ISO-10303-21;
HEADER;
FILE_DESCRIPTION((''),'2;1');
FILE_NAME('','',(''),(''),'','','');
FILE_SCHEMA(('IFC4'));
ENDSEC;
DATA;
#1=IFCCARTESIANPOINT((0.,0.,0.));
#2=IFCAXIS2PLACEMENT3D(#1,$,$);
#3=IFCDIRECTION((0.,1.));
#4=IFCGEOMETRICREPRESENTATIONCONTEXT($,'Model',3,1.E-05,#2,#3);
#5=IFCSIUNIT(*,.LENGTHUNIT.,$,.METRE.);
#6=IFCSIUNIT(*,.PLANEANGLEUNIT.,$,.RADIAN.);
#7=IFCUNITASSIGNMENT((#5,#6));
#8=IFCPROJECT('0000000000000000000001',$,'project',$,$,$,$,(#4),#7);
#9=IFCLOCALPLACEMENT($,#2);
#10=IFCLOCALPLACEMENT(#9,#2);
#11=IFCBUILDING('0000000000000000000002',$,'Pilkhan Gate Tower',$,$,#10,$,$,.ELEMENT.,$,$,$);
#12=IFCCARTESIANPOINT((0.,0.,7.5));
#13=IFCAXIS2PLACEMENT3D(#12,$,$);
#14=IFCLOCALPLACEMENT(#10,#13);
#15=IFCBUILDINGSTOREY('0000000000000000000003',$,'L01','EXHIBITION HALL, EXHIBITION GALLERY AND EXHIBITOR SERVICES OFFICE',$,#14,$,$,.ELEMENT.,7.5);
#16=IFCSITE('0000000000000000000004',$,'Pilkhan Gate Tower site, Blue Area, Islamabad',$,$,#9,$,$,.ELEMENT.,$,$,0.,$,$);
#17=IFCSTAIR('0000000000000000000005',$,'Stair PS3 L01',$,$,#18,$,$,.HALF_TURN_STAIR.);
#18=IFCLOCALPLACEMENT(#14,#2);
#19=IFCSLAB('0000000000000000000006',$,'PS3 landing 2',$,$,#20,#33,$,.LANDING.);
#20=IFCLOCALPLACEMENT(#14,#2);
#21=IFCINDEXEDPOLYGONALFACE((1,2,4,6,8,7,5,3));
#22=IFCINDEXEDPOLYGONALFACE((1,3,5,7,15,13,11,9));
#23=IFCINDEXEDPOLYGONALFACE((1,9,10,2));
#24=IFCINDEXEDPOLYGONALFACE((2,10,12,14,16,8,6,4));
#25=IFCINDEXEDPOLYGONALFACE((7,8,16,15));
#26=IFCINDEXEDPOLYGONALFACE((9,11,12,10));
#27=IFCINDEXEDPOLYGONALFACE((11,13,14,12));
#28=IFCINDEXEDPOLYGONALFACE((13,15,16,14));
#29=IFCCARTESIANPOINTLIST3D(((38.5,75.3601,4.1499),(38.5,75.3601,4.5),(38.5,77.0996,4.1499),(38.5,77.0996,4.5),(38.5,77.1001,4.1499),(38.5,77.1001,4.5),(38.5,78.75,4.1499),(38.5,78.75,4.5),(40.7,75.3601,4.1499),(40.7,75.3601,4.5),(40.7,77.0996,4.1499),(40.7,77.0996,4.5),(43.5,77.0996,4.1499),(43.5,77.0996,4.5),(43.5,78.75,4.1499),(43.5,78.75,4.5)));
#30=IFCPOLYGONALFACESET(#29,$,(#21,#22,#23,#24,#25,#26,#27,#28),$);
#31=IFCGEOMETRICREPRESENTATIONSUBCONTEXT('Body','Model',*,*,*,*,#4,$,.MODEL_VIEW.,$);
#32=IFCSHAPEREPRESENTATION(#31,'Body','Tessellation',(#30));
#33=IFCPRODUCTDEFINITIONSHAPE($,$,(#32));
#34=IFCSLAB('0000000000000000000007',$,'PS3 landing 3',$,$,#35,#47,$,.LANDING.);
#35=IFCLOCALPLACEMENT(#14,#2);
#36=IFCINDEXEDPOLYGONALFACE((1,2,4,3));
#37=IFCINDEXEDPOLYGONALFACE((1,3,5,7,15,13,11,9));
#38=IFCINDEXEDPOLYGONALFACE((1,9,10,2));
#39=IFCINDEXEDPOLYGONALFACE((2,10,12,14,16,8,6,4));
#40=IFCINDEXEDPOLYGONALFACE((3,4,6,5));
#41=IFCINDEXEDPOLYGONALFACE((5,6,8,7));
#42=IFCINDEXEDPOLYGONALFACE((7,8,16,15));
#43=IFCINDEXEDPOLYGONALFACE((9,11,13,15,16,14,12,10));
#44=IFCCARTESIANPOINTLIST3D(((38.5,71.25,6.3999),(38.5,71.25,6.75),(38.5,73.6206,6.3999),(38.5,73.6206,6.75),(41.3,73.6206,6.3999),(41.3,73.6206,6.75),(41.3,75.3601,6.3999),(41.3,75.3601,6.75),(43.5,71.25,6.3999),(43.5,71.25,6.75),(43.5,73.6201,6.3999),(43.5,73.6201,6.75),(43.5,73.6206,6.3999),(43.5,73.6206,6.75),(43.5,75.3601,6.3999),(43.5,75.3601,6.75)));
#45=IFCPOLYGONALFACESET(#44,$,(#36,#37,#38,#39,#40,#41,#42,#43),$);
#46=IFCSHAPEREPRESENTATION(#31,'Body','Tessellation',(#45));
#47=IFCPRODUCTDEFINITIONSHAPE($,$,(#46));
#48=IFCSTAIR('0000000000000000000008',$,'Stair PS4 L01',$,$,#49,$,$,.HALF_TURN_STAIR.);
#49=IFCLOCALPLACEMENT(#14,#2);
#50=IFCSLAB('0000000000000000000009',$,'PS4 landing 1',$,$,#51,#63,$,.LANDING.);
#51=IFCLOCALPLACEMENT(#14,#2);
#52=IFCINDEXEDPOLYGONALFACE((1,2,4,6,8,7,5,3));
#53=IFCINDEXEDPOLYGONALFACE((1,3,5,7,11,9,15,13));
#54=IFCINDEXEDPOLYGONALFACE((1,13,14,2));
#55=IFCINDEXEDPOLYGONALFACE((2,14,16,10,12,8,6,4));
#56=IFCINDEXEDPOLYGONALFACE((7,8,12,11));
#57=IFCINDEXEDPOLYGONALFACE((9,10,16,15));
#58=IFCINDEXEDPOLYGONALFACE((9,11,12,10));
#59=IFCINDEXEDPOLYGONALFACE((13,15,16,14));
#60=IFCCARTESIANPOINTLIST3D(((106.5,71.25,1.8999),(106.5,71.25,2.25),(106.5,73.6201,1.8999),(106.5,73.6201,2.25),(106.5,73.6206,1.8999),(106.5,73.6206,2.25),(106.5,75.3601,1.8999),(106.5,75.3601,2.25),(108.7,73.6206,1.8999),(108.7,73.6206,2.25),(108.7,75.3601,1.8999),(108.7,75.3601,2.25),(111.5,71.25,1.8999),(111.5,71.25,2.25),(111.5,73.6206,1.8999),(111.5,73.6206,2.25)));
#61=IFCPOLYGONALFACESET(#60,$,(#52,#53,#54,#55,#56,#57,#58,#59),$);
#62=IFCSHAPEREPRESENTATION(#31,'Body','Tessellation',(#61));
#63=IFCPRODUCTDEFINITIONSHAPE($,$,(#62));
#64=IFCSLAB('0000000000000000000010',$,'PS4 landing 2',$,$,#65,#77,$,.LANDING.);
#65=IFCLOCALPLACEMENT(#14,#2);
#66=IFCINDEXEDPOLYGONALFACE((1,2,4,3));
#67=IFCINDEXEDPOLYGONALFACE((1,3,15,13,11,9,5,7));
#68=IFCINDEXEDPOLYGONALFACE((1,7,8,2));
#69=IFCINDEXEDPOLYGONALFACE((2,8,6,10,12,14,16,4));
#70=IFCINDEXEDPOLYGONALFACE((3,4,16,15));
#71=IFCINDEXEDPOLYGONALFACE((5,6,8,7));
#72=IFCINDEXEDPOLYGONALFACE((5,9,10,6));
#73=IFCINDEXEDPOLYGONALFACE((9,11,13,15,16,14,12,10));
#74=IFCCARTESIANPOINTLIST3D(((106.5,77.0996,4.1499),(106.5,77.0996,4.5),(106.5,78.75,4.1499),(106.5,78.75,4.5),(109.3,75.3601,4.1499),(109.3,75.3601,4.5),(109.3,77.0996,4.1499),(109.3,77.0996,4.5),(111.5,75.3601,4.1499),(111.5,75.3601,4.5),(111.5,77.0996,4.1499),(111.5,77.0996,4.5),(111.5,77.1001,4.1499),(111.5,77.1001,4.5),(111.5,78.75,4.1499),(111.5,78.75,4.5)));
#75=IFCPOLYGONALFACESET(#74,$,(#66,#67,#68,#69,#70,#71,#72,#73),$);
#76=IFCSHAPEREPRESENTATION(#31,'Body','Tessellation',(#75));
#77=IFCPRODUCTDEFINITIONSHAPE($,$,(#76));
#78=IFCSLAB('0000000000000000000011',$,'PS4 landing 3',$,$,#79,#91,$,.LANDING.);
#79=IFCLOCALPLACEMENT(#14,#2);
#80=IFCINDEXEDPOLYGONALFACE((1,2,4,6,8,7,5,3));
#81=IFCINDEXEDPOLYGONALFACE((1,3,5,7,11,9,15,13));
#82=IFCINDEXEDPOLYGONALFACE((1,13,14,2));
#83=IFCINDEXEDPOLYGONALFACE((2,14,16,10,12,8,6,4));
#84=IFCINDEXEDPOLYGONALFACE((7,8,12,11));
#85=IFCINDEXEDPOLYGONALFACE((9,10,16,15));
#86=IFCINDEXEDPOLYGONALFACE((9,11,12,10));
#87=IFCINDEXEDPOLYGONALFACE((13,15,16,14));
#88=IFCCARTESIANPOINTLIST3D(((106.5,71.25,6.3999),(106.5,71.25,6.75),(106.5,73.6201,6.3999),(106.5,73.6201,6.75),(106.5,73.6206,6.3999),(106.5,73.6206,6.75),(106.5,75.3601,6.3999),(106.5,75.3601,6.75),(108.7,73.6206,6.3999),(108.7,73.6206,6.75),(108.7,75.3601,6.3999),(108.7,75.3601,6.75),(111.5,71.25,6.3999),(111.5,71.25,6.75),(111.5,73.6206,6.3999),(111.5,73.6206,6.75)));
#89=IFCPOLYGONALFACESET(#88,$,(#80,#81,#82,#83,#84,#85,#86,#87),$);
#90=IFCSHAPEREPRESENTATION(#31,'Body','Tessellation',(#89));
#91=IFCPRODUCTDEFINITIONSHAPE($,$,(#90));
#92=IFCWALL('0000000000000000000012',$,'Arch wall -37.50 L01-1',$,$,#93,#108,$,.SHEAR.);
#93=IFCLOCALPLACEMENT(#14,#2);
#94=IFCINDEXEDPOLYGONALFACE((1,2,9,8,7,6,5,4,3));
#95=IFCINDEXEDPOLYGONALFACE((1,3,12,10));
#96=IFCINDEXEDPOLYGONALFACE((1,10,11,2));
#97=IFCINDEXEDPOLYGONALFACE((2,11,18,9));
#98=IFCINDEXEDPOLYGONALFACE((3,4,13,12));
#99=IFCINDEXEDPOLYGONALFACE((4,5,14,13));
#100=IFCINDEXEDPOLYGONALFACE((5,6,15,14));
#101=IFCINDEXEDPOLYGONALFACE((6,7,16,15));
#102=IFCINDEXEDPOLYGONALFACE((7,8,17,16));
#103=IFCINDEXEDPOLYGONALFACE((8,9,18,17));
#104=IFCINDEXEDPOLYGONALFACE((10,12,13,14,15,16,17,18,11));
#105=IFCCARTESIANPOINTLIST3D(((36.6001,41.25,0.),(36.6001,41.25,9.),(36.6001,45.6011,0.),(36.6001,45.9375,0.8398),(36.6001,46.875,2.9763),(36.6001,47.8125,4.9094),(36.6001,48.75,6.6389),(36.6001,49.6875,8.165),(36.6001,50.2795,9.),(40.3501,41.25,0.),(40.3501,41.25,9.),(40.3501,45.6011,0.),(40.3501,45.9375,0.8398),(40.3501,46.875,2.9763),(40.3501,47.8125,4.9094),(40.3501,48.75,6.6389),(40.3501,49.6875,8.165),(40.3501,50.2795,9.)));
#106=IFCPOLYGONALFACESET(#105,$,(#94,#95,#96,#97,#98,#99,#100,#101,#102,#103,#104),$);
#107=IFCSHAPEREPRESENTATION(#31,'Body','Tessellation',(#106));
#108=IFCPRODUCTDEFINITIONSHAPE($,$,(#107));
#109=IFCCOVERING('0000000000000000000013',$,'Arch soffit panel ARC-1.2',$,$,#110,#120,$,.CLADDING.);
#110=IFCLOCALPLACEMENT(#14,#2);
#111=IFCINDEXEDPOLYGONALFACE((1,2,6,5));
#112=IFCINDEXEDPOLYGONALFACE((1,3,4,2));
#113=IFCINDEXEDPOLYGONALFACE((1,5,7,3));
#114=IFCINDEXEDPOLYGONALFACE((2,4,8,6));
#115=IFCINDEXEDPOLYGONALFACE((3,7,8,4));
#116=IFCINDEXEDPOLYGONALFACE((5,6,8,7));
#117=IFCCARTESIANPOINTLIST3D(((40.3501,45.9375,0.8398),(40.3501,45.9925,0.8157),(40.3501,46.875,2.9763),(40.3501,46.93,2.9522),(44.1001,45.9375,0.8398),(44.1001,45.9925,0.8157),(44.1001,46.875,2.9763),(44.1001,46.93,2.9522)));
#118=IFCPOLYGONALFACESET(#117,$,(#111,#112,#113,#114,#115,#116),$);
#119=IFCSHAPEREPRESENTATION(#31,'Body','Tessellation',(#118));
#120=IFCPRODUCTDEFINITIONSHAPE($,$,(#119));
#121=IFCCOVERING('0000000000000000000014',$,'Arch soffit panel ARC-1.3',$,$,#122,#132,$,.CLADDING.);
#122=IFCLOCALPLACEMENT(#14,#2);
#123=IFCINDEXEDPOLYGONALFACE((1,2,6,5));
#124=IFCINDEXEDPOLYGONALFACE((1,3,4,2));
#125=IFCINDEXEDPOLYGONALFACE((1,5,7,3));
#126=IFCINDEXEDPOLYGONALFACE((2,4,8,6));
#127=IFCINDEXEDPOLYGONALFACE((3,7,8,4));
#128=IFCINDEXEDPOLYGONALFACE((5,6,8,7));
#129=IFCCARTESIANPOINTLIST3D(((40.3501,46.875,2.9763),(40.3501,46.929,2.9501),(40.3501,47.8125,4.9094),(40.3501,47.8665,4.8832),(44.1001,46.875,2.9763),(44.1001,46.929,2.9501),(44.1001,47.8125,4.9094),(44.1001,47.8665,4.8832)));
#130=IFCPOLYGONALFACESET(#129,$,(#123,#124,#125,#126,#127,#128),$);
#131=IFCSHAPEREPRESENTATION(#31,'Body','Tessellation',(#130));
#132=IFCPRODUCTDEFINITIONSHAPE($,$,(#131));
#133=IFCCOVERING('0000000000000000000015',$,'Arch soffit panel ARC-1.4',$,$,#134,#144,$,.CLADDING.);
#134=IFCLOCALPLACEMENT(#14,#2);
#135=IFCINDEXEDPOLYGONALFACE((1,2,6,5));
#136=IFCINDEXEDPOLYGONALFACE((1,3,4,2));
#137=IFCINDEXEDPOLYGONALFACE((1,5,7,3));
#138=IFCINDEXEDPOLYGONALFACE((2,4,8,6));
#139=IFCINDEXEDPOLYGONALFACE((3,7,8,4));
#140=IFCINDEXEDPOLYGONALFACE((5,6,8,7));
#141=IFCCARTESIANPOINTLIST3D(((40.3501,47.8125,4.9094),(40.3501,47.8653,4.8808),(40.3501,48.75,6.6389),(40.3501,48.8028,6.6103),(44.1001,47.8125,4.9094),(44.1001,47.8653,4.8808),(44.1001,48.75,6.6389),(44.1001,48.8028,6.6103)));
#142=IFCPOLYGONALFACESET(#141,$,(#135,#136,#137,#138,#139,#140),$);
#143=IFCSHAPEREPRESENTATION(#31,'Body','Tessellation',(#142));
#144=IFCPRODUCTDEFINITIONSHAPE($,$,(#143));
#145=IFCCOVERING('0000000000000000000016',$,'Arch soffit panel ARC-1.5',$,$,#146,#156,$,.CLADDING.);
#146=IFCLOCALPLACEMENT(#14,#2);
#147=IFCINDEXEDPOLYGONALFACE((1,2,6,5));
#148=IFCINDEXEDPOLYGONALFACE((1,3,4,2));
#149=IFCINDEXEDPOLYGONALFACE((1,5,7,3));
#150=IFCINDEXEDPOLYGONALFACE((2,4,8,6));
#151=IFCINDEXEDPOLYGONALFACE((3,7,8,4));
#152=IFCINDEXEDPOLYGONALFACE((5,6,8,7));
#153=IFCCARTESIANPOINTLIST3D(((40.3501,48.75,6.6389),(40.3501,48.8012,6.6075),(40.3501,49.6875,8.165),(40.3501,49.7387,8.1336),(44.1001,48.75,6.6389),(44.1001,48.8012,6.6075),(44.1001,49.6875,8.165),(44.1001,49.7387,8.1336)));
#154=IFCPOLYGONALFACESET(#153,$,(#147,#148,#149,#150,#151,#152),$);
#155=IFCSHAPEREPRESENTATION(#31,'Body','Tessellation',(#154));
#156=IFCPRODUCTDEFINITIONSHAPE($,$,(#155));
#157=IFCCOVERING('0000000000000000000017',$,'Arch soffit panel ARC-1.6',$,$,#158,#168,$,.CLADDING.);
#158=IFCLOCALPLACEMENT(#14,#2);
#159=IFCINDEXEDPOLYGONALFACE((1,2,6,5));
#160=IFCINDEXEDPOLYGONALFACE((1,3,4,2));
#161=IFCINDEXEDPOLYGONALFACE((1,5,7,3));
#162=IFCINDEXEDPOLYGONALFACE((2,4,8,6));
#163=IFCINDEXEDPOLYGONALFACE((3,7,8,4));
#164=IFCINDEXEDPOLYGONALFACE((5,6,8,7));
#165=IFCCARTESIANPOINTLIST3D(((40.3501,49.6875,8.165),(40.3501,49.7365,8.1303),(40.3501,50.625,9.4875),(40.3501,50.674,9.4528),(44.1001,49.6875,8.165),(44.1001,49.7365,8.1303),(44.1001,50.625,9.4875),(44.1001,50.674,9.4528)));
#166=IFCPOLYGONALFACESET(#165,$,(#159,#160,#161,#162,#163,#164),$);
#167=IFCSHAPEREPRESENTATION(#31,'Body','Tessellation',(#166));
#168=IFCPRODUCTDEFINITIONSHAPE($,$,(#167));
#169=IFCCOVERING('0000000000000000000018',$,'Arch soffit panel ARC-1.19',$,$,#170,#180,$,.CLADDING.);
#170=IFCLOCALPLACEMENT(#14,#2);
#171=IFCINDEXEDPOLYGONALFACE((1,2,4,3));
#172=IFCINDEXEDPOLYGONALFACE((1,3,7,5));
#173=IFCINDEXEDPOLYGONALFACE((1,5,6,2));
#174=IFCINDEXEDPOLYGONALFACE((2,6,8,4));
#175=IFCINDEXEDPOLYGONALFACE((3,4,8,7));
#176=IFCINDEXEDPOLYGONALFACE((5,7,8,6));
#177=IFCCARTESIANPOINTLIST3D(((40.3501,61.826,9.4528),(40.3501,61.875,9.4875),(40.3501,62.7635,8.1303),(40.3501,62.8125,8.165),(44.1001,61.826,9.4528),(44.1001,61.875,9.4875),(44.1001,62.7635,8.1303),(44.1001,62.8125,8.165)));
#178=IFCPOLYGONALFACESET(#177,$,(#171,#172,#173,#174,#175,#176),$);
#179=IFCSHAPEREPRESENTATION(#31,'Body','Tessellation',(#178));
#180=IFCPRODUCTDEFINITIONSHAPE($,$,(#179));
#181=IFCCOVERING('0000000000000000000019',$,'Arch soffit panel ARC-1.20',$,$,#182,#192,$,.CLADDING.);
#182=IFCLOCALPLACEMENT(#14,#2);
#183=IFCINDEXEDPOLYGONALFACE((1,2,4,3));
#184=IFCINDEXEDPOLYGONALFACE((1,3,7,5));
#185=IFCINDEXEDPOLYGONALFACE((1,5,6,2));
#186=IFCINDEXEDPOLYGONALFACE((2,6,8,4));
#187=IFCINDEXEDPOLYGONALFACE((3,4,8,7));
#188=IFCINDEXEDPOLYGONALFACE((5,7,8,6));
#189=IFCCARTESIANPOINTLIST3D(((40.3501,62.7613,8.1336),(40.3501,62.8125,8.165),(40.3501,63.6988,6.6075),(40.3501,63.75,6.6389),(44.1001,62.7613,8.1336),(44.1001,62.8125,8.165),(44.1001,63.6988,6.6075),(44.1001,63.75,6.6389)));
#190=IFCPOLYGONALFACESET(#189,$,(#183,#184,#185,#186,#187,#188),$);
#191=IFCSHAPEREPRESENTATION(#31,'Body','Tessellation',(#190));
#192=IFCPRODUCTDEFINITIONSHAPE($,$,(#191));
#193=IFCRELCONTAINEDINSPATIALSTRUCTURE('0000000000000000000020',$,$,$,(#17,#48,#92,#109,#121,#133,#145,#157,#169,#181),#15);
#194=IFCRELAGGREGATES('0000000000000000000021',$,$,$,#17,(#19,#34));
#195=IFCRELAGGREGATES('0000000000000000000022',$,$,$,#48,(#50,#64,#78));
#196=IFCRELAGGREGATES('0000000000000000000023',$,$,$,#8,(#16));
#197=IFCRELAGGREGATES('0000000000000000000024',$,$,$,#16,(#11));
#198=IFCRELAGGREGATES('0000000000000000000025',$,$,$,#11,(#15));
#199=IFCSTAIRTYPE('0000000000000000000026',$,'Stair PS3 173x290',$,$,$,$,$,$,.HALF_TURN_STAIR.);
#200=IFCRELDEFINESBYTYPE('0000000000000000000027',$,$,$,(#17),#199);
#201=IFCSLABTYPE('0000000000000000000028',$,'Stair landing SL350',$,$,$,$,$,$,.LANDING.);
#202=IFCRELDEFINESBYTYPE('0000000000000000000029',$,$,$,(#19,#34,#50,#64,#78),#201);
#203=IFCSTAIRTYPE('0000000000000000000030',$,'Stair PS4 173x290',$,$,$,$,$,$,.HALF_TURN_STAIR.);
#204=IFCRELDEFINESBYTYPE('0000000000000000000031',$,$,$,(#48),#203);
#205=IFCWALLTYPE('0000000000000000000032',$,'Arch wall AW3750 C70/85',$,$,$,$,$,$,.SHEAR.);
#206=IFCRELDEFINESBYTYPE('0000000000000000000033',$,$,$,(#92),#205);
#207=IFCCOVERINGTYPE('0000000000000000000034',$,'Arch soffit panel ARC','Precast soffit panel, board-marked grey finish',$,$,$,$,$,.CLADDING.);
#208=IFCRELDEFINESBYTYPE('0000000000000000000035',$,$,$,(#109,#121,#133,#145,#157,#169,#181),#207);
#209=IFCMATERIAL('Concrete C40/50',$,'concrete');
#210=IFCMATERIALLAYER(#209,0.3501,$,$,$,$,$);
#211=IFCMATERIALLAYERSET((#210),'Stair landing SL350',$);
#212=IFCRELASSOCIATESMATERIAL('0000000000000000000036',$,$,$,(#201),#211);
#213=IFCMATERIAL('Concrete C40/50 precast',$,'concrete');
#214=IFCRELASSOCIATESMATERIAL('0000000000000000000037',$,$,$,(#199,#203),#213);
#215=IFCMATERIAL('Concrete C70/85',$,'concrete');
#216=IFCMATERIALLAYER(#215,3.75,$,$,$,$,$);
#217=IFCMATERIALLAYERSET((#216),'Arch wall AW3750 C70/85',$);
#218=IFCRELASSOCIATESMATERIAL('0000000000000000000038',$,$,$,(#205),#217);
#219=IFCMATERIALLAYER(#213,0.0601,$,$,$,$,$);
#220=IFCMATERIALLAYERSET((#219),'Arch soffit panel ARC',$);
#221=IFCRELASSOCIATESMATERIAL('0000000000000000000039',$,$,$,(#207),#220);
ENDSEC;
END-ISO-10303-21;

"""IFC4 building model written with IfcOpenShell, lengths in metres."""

from ifc_helpers import new_model, si_unit, direction, frame, origin, place, context, subcontext, project, spatial, polyline, outline, extrude, material, layer, layer_set, type_object, element, aggregate, save


model = new_model("IFC4")

# Units and contexts
model_context = context("Model", 3, precision=1e-05, world=origin(), true_north=direction((0.0, 1.0)))
body_context = subcontext(model_context, "Body", "Model", "MODEL_VIEW")
ifc_project = project(units=[si_unit("LENGTHUNIT", "METRE"), si_unit("PLANEANGLEUNIT", "RADIAN")], contexts=[model_context])

# Site, building, storey
site_placement = place(None, origin())
site = spatial("IfcSite", under=ifc_project, at=site_placement, Name="Pilkhan Gate Tower site, Blue Area, Islamabad", CompositionType="ELEMENT", RefElevation=0.0)
building_placement = place(site_placement, origin())
building = spatial("IfcBuilding", under=site, at=building_placement, Name="Pilkhan Gate Tower", CompositionType="ELEMENT")
storey_placement = place(building_placement, frame((0.0, 0.0, 7.5)))
storey = spatial("IfcBuildingStorey", under=building, at=storey_placement, Name="L01", Description="EXHIBITION HALL, EXHIBITION GALLERY AND EXHIBITOR SERVICES OFFICE", CompositionType="ELEMENT", Elevation=7.5)

# Shared definitions
ifc_material_1 = material(Name="Concrete C40/50", Category="concrete")

# Stairs, slabs
ifc_material_2 = material(Name="Concrete C40/50 precast", Category="concrete")
ifc_layer_1 = layer(ifc_material_1, 0.3501)
ifc_layer_set_1 = layer_set([ifc_layer_1], Name="Stair landing SL350")
slab_type_1 = type_object("IfcSlabType", Name="Stair landing SL350", PredefinedType="LANDING", material=ifc_layer_set_1)
stair_type_1 = type_object("IfcStairType", Name="Stair PS3 173x290", PredefinedType="HALF_TURN_STAIR", material=ifc_material_2)
stair_1_placement = place(storey_placement, origin())
stair_1 = element("IfcStair", 1, at=stair_1_placement, inside=storey, type_object=stair_type_1, Name="Stair PS3 L01", PredefinedType="HALF_TURN_STAIR")
slab_1_placement = place(storey_placement, frame((0.0, 0.0, 4.1499)))
slab_1 = element("IfcSlab", 2, at=slab_1_placement, type_object=slab_type_1, Name="PS3 landing 2", PredefinedType="LANDING", context=body_context, shape_type="SweptSolid", body=[
    extrude(outline(polyline([(43.5, 77.0996), (43.5, 78.75), (38.5, 78.75), (38.5, 77.1001), (38.5, 77.0996), (38.5, 75.3601), (40.7, 75.3601), (40.7, 77.0996), (43.5, 77.0996)])), origin(), (0.0, 0.0, 1.0), 0.3501),
])
slab_2_placement = place(storey_placement, frame((0.0, 0.0, 6.3999)))
slab_2 = element("IfcSlab", 3, at=slab_2_placement, type_object=slab_type_1, Name="PS3 landing 3", PredefinedType="LANDING", context=body_context, shape_type="SweptSolid", body=[
    extrude(outline(polyline([(43.5, 75.3601), (41.3, 75.3601), (41.3, 73.6206), (38.5, 73.6206), (38.5, 71.25), (43.5, 71.25), (43.5, 73.6201), (43.5, 73.6206), (43.5, 75.3601)])), origin(), (0.0, 0.0, 1.0), 0.3501),
])
aggregate(stair_1, [slab_1, slab_2])
stair_type_2 = type_object("IfcStairType", Name="Stair PS4 173x290", PredefinedType="HALF_TURN_STAIR", material=ifc_material_2)
stair_2_placement = place(storey_placement, origin())
stair_2 = element("IfcStair", 4, at=stair_2_placement, inside=storey, type_object=stair_type_2, Name="Stair PS4 L01", PredefinedType="HALF_TURN_STAIR")
slab_3_placement = place(storey_placement, frame((0.0, 0.0, 1.8999)))
slab_3 = element("IfcSlab", 5, at=slab_3_placement, type_object=slab_type_1, Name="PS4 landing 1", PredefinedType="LANDING", context=body_context, shape_type="SweptSolid", body=[
    extrude(outline(polyline([(106.5, 75.3601), (108.7, 75.3601), (108.7, 73.6206), (111.5, 73.6206), (111.5, 71.25), (106.5, 71.25), (106.5, 73.6201), (106.5, 73.6206), (106.5, 75.3601)])), origin(), (0.0, 0.0, 1.0), 0.3501),
])
slab_4_placement = place(storey_placement, frame((0.0, 0.0, 4.1499)))
slab_4 = element("IfcSlab", 6, at=slab_4_placement, type_object=slab_type_1, Name="PS4 landing 2", PredefinedType="LANDING", context=body_context, shape_type="SweptSolid", body=[
    extrude(outline(polyline([(106.5, 77.0996), (106.5, 78.75), (111.5, 78.75), (111.5, 77.1001), (111.5, 77.0996), (111.5, 75.3601), (109.3, 75.3601), (109.3, 77.0996), (106.5, 77.0996)])), origin(), (0.0, 0.0, 1.0), 0.3501),
])
slab_5_placement = place(storey_placement, frame((0.0, 0.0, 6.3999)))
slab_5 = element("IfcSlab", 7, at=slab_5_placement, type_object=slab_type_1, Name="PS4 landing 3", PredefinedType="LANDING", context=body_context, shape_type="SweptSolid", body=[
    extrude(outline(polyline([(106.5, 75.3601), (108.7, 75.3601), (108.7, 73.6206), (111.5, 73.6206), (111.5, 71.25), (106.5, 71.25), (106.5, 73.6201), (106.5, 73.6206), (106.5, 75.3601)])), origin(), (0.0, 0.0, 1.0), 0.3501),
])
aggregate(stair_2, [slab_3, slab_4, slab_5])

# Wall
ifc_material_3 = material(Name="Concrete C70/85", Category="concrete")
ifc_layer_2 = layer(ifc_material_3, 3.75)
ifc_layer_set_2 = layer_set([ifc_layer_2], Name="Arch wall AW3750 C70/85")
wall_type = type_object("IfcWallType", Name="Arch wall AW3750 C70/85", PredefinedType="SHEAR", material=ifc_layer_set_2)
wall_placement = place(storey_placement, frame((40.3501, 50.2795, 9.0), z_axis=(1.0, 0.0, 0.0), x_axis=(0.0, -1.0, 0.0)))
element("IfcWall", 8, at=wall_placement, inside=storey, type_object=wall_type, Name="Arch wall -37.50 L01-1", PredefinedType="SHEAR", context=body_context, shape_type="SweptSolid", body=[
    extrude(outline(polyline([(0.0, 0.0), (9.0295, 0.0), (9.0295, 9.0), (4.6785, 9.0), (4.342, 8.1602), (3.4045, 6.0237), (2.467, 4.0906), (1.5295, 2.3611), (0.592, 0.835), (0.0, 0.0)])), origin(), (0.0, 0.0, -1.0), 3.75),
])

# Coverings
ifc_layer_3 = layer(ifc_material_2, 0.0601)
ifc_layer_set_3 = layer_set([ifc_layer_3], Name="Arch soffit panel ARC")
covering_type = type_object("IfcCoveringType", Name="Arch soffit panel ARC", Description="Precast soffit panel, board-marked grey finish", PredefinedType="CLADDING", material=ifc_layer_set_3)
covering_1_placement = place(storey_placement, frame((40.3501, 45.9375, 0.8398), z_axis=(0.0, -0.915717, 0.401823), x_axis=(1.0, 0.0, 0.0)))
element("IfcCovering", 9, at=covering_1_placement, inside=storey, type_object=covering_type, Name="Arch soffit panel ARC-1.2", PredefinedType="CLADDING", context=body_context, shape_type="SweptSolid", body=[
    extrude(outline(polyline([(0.0, 0.0), (3.75, 0.0), (3.75, 2.3331), (0.0, 2.3331), (0.0, 0.0)])), origin(), (0.0, 0.0, -1.0), 0.0601),
])
covering_2_placement = place(storey_placement, frame((40.3501, 46.875, 2.9763), z_axis=(0.0, -0.899771, 0.436363), x_axis=(1.0, 0.0, 0.0)))
element("IfcCovering", 10, at=covering_2_placement, inside=storey, type_object=covering_type, Name="Arch soffit panel ARC-1.3", PredefinedType="CLADDING", context=body_context, shape_type="SweptSolid", body=[
    extrude(outline(polyline([(0.0, 0.0), (3.75, 0.0), (3.75, 2.1484), (0.0, 2.1484), (0.0, 0.0)])), origin(), (0.0, 0.0, -1.0), 0.0601),
])
covering_3_placement = place(storey_placement, frame((40.3501, 47.8125, 4.9094), z_axis=(0.0, -0.879145, 0.476555), x_axis=(1.0, 0.0, 0.0)))
element("IfcCovering", 11, at=covering_3_placement, inside=storey, type_object=covering_type, Name="Arch soffit panel ARC-1.4", PredefinedType="CLADDING", context=body_context, shape_type="SweptSolid", body=[
    extrude(outline(polyline([(0.0, 0.0), (3.75, 0.0), (3.75, 1.9672), (0.0, 1.9672), (0.0, 0.0)])), origin(), (0.0, 0.0, -1.0), 0.0601),
])
covering_4_placement = place(storey_placement, frame((40.3501, 48.75, 6.6389), z_axis=(0.0, -0.85207, 0.523428), x_axis=(1.0, 0.0, 0.0)))
element("IfcCovering", 12, at=covering_4_placement, inside=storey, type_object=covering_type, Name="Arch soffit panel ARC-1.5", PredefinedType="CLADDING", context=body_context, shape_type="SweptSolid", body=[
    extrude(outline(polyline([(0.0, 0.0), (3.75, 0.0), (3.75, 1.7911), (0.0, 1.7911), (0.0, 0.0)])), origin(), (0.0, 0.0, -1.0), 0.0601),
])
for number, where, z_axis, x_axis, name in (
    (13, (40.3501, 49.6875, 8.165), (0.0, -0.815814, 0.578314), (1.0, 0.0, 0.0), "Arch soffit panel ARC-1.6"),
    (14, (40.3501, 61.875, 9.4875), (0.0, 0.815814, 0.578314), (1.0, 0.0, 0.0), "Arch soffit panel ARC-1.19"),
):
    element("IfcCovering", number, at=place(storey_placement, frame(where, z_axis=z_axis, x_axis=x_axis)), inside=storey, type_object=covering_type, Name=name, PredefinedType="CLADDING", context=body_context, shape_type="SweptSolid", body=[
        extrude(outline(polyline([(0.0, 0.0), (3.75, 0.0), (3.75, 1.6211), (0.0, 1.6211), (0.0, 0.0)])), origin(), (0.0, 0.0, -1.0), 0.0601),
    ])
covering_5_placement = place(storey_placement, frame((40.3501, 62.8125, 8.165), z_axis=(0.0, 0.85207, 0.523428), x_axis=(1.0, 0.0, 0.0)))
element("IfcCovering", 15, at=covering_5_placement, inside=storey, type_object=covering_type, Name="Arch soffit panel ARC-1.20", PredefinedType="CLADDING", context=body_context, shape_type="SweptSolid", body=[
    extrude(outline(polyline([(0.0, 0.0), (3.75, 0.0), (3.75, 1.7911), (0.0, 1.7911), (0.0, 0.0)])), origin(), (0.0, 0.0, -1.0), 0.0601),
])

save(model, "model.ifc")
